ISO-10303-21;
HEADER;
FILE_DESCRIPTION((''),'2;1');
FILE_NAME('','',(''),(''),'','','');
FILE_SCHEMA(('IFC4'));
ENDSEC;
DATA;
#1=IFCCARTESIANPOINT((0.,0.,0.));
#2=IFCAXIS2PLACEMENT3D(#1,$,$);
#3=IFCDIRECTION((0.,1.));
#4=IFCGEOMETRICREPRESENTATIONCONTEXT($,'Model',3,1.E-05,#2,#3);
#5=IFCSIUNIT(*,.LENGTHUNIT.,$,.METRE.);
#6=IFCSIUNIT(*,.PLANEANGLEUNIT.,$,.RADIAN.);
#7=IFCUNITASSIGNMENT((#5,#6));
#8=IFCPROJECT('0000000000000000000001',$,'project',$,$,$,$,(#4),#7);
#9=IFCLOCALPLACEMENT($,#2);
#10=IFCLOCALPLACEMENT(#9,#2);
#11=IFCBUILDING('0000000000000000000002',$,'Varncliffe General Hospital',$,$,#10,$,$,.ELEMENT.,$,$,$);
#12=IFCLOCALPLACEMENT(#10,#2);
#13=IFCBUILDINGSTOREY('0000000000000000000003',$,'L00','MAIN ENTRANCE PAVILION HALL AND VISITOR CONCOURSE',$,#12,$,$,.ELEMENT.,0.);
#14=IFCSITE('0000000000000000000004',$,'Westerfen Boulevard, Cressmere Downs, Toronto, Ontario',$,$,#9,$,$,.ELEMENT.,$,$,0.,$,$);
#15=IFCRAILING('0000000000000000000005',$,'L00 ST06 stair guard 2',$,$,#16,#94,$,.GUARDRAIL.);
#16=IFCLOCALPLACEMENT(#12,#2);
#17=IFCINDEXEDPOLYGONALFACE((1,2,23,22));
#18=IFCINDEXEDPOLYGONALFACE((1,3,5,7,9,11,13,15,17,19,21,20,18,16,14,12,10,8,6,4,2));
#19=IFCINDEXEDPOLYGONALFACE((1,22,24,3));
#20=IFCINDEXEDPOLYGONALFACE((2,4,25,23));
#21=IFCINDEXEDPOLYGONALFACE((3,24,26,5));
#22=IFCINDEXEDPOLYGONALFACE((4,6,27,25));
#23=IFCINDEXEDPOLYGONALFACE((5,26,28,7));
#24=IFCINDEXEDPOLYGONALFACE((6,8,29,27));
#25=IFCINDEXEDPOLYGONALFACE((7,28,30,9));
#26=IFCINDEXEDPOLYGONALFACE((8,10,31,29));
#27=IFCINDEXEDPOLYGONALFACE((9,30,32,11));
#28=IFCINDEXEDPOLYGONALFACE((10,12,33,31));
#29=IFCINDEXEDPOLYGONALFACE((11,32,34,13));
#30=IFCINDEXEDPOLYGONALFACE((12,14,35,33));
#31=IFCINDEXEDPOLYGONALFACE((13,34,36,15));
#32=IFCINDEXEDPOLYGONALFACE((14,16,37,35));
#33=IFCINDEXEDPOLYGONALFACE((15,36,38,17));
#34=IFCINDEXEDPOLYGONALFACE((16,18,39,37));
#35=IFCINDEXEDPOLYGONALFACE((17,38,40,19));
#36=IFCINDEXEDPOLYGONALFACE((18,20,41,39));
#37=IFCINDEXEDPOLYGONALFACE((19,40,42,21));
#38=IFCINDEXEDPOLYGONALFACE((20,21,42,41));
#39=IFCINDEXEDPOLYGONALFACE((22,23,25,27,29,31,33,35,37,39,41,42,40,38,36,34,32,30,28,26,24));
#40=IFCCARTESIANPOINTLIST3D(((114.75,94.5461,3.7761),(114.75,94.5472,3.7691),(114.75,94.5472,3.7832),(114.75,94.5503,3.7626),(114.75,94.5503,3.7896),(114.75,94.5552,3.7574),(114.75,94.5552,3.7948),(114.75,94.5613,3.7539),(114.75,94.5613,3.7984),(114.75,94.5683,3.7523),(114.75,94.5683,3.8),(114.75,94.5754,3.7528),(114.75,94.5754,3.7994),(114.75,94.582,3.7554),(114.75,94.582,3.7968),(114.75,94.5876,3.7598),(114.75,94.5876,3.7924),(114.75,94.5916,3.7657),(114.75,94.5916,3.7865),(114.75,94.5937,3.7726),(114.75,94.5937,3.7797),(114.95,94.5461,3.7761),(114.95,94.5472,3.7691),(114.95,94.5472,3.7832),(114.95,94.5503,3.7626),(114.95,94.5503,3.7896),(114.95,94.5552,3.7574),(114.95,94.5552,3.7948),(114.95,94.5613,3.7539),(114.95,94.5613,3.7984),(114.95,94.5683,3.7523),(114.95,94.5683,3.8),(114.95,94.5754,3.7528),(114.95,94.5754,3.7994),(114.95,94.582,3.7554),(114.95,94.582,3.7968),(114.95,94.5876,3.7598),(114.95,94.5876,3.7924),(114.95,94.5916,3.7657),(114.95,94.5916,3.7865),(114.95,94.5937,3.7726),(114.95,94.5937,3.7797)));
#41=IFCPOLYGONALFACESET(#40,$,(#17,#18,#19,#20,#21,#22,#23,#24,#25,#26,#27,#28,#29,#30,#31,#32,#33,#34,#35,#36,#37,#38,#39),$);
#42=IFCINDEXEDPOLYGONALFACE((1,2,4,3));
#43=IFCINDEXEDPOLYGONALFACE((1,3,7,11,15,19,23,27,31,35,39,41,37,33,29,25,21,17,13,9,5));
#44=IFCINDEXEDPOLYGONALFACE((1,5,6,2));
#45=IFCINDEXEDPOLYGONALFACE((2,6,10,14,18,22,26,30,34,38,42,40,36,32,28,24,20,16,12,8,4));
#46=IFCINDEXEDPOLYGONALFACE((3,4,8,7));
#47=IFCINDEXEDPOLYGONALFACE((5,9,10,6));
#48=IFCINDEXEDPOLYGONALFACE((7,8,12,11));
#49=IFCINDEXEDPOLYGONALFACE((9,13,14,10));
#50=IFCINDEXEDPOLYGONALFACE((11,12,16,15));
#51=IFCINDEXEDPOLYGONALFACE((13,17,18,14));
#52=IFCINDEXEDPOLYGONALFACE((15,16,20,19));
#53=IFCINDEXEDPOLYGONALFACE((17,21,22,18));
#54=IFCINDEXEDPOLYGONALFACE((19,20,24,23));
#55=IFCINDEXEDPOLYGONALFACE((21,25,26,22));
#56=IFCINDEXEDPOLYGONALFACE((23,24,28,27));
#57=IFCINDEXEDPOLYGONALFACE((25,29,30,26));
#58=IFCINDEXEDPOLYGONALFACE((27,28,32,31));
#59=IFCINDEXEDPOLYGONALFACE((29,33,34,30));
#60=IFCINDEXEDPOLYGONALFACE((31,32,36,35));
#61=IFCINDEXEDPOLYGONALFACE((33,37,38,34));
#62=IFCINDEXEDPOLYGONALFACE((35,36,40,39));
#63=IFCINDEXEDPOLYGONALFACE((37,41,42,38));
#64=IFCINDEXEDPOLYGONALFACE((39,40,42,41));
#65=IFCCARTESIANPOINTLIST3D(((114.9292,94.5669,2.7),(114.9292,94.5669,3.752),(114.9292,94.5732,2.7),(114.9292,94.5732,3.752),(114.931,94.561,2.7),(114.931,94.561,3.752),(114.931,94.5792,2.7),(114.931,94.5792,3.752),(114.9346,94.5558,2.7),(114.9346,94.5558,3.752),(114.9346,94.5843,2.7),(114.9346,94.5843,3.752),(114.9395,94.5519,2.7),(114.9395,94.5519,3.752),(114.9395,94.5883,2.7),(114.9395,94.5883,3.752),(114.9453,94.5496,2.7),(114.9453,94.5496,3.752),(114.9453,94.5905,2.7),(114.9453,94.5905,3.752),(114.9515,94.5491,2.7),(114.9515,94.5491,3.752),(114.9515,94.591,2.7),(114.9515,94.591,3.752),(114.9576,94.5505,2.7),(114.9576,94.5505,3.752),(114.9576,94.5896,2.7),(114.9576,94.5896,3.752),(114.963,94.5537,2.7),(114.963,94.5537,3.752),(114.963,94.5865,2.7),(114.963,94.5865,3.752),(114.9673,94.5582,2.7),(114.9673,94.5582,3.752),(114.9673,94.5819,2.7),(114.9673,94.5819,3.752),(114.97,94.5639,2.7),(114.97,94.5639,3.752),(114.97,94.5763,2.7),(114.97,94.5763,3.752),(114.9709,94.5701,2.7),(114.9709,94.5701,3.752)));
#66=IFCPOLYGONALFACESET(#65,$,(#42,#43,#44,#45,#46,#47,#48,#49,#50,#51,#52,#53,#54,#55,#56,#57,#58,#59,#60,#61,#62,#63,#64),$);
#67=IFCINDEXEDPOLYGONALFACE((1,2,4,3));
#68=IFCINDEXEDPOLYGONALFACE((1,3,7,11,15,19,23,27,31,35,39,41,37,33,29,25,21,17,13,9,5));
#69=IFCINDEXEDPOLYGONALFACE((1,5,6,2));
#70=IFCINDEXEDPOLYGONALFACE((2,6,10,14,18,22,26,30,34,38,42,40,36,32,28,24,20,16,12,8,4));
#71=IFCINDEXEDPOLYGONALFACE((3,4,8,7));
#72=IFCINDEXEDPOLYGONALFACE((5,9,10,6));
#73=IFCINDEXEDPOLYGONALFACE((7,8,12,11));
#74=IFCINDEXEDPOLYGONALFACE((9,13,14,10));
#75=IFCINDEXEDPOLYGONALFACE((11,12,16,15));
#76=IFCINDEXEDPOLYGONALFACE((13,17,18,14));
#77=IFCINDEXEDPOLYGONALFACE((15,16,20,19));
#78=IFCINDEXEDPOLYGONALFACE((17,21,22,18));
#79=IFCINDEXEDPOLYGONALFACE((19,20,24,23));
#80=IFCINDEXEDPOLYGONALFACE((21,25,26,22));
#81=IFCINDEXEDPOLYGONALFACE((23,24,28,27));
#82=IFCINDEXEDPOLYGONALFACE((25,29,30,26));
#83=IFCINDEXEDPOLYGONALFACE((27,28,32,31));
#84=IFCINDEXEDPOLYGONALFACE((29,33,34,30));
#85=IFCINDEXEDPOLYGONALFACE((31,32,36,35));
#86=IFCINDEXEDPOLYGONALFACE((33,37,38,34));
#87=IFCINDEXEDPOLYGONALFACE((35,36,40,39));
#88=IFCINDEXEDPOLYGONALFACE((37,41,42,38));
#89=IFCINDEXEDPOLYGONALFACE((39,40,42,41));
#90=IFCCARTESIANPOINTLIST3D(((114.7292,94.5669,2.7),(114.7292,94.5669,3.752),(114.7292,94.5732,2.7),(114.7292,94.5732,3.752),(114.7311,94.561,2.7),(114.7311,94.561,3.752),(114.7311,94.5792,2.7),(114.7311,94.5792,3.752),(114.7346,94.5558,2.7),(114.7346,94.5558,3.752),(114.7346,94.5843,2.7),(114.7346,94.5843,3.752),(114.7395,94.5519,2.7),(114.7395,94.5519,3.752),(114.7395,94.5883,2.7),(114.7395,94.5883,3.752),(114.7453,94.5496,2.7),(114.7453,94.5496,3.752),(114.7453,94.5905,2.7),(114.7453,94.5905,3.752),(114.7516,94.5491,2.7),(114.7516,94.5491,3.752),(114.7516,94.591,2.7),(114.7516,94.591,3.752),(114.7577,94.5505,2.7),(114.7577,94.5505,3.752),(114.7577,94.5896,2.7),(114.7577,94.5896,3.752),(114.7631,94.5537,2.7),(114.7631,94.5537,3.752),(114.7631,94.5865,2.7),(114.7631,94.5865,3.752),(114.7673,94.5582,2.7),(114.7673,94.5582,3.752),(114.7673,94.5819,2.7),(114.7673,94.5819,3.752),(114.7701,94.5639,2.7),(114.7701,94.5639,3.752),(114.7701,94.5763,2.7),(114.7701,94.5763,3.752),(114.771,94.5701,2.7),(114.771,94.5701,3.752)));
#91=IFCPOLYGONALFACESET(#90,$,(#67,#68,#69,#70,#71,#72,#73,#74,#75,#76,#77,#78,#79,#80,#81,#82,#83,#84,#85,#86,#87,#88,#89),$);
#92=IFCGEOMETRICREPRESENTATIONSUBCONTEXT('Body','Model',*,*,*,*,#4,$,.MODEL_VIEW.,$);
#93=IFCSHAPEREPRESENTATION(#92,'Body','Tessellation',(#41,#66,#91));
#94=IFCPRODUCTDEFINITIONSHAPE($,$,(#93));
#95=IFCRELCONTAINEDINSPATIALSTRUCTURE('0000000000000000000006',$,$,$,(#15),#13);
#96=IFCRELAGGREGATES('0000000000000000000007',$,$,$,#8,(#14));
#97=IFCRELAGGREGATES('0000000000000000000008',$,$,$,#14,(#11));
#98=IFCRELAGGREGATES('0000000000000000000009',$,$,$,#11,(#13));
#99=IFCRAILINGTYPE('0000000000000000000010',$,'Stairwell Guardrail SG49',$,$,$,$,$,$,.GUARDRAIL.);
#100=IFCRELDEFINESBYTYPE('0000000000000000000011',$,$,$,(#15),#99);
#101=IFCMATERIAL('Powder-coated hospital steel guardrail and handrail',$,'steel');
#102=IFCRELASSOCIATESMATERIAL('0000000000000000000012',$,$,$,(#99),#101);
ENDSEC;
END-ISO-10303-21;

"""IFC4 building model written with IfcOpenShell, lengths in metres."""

from ifc_helpers import new_model, si_unit, direction, frame, origin, origin_2d, place, context, subcontext, project, spatial, circle, extrude, material, type_object, element, save


model = new_model("IFC4")

# Units and contexts
model_context = context("Model", 3, precision=1e-05, world=origin(), true_north=direction((0.0, 1.0)))
body_context = subcontext(model_context, "Body", "Model", "MODEL_VIEW")
ifc_project = project(units=[si_unit("LENGTHUNIT", "METRE"), si_unit("PLANEANGLEUNIT", "RADIAN")], contexts=[model_context])

# Site, building, storey
site_placement = place(None, origin())
site = spatial("IfcSite", under=ifc_project, at=site_placement, Name="Westerfen Boulevard, Cressmere Downs, Toronto, Ontario", CompositionType="ELEMENT", RefElevation=0.0)
building_placement = place(site_placement, origin())
building = spatial("IfcBuilding", under=site, at=building_placement, Name="Varncliffe General Hospital", CompositionType="ELEMENT")
storey_placement = place(building_placement, origin())
storey = spatial("IfcBuildingStorey", under=building, at=storey_placement, Name="L00", Description="MAIN ENTRANCE PAVILION HALL AND VISITOR CONCOURSE", CompositionType="ELEMENT", Elevation=0.0)

# Railing
ifc_material_1 = material(Name="Powder-coated hospital steel guardrail and handrail", Category="steel")
railing_type_1 = type_object("IfcRailingType", Name="Stairwell Guardrail SG49", PredefinedType="GUARDRAIL", material=ifc_material_1)
railing_1_placement = place(storey_placement, frame((114.95, 94.5701, 2.7)))
element("IfcRailing", 1, at=railing_1_placement, inside=storey, type_object=railing_type_1, Name="L00 ST06 stair guard 2", PredefinedType="GUARDRAIL", context=body_context, shape_type="SweptSolid", body=[
    extrude(circle(Radius=0.0239, at=origin_2d()), frame((0.0, 0.0, 1.0762), z_axis=(-1.0, 0.0, 0.0), x_axis=(0.0, -1.0, 0.0)), (0.0, 0.0, 1.0), 0.2),
    extrude(circle(Radius=0.021, at=origin_2d()), origin(), (0.0, 0.0, 1.0), 1.052),
    extrude(circle(Radius=0.021, at=origin_2d()), frame((-0.2, 0.0, 0.0)), (0.0, 0.0, 1.0), 1.052),
])

save(model, "model.ifc")
